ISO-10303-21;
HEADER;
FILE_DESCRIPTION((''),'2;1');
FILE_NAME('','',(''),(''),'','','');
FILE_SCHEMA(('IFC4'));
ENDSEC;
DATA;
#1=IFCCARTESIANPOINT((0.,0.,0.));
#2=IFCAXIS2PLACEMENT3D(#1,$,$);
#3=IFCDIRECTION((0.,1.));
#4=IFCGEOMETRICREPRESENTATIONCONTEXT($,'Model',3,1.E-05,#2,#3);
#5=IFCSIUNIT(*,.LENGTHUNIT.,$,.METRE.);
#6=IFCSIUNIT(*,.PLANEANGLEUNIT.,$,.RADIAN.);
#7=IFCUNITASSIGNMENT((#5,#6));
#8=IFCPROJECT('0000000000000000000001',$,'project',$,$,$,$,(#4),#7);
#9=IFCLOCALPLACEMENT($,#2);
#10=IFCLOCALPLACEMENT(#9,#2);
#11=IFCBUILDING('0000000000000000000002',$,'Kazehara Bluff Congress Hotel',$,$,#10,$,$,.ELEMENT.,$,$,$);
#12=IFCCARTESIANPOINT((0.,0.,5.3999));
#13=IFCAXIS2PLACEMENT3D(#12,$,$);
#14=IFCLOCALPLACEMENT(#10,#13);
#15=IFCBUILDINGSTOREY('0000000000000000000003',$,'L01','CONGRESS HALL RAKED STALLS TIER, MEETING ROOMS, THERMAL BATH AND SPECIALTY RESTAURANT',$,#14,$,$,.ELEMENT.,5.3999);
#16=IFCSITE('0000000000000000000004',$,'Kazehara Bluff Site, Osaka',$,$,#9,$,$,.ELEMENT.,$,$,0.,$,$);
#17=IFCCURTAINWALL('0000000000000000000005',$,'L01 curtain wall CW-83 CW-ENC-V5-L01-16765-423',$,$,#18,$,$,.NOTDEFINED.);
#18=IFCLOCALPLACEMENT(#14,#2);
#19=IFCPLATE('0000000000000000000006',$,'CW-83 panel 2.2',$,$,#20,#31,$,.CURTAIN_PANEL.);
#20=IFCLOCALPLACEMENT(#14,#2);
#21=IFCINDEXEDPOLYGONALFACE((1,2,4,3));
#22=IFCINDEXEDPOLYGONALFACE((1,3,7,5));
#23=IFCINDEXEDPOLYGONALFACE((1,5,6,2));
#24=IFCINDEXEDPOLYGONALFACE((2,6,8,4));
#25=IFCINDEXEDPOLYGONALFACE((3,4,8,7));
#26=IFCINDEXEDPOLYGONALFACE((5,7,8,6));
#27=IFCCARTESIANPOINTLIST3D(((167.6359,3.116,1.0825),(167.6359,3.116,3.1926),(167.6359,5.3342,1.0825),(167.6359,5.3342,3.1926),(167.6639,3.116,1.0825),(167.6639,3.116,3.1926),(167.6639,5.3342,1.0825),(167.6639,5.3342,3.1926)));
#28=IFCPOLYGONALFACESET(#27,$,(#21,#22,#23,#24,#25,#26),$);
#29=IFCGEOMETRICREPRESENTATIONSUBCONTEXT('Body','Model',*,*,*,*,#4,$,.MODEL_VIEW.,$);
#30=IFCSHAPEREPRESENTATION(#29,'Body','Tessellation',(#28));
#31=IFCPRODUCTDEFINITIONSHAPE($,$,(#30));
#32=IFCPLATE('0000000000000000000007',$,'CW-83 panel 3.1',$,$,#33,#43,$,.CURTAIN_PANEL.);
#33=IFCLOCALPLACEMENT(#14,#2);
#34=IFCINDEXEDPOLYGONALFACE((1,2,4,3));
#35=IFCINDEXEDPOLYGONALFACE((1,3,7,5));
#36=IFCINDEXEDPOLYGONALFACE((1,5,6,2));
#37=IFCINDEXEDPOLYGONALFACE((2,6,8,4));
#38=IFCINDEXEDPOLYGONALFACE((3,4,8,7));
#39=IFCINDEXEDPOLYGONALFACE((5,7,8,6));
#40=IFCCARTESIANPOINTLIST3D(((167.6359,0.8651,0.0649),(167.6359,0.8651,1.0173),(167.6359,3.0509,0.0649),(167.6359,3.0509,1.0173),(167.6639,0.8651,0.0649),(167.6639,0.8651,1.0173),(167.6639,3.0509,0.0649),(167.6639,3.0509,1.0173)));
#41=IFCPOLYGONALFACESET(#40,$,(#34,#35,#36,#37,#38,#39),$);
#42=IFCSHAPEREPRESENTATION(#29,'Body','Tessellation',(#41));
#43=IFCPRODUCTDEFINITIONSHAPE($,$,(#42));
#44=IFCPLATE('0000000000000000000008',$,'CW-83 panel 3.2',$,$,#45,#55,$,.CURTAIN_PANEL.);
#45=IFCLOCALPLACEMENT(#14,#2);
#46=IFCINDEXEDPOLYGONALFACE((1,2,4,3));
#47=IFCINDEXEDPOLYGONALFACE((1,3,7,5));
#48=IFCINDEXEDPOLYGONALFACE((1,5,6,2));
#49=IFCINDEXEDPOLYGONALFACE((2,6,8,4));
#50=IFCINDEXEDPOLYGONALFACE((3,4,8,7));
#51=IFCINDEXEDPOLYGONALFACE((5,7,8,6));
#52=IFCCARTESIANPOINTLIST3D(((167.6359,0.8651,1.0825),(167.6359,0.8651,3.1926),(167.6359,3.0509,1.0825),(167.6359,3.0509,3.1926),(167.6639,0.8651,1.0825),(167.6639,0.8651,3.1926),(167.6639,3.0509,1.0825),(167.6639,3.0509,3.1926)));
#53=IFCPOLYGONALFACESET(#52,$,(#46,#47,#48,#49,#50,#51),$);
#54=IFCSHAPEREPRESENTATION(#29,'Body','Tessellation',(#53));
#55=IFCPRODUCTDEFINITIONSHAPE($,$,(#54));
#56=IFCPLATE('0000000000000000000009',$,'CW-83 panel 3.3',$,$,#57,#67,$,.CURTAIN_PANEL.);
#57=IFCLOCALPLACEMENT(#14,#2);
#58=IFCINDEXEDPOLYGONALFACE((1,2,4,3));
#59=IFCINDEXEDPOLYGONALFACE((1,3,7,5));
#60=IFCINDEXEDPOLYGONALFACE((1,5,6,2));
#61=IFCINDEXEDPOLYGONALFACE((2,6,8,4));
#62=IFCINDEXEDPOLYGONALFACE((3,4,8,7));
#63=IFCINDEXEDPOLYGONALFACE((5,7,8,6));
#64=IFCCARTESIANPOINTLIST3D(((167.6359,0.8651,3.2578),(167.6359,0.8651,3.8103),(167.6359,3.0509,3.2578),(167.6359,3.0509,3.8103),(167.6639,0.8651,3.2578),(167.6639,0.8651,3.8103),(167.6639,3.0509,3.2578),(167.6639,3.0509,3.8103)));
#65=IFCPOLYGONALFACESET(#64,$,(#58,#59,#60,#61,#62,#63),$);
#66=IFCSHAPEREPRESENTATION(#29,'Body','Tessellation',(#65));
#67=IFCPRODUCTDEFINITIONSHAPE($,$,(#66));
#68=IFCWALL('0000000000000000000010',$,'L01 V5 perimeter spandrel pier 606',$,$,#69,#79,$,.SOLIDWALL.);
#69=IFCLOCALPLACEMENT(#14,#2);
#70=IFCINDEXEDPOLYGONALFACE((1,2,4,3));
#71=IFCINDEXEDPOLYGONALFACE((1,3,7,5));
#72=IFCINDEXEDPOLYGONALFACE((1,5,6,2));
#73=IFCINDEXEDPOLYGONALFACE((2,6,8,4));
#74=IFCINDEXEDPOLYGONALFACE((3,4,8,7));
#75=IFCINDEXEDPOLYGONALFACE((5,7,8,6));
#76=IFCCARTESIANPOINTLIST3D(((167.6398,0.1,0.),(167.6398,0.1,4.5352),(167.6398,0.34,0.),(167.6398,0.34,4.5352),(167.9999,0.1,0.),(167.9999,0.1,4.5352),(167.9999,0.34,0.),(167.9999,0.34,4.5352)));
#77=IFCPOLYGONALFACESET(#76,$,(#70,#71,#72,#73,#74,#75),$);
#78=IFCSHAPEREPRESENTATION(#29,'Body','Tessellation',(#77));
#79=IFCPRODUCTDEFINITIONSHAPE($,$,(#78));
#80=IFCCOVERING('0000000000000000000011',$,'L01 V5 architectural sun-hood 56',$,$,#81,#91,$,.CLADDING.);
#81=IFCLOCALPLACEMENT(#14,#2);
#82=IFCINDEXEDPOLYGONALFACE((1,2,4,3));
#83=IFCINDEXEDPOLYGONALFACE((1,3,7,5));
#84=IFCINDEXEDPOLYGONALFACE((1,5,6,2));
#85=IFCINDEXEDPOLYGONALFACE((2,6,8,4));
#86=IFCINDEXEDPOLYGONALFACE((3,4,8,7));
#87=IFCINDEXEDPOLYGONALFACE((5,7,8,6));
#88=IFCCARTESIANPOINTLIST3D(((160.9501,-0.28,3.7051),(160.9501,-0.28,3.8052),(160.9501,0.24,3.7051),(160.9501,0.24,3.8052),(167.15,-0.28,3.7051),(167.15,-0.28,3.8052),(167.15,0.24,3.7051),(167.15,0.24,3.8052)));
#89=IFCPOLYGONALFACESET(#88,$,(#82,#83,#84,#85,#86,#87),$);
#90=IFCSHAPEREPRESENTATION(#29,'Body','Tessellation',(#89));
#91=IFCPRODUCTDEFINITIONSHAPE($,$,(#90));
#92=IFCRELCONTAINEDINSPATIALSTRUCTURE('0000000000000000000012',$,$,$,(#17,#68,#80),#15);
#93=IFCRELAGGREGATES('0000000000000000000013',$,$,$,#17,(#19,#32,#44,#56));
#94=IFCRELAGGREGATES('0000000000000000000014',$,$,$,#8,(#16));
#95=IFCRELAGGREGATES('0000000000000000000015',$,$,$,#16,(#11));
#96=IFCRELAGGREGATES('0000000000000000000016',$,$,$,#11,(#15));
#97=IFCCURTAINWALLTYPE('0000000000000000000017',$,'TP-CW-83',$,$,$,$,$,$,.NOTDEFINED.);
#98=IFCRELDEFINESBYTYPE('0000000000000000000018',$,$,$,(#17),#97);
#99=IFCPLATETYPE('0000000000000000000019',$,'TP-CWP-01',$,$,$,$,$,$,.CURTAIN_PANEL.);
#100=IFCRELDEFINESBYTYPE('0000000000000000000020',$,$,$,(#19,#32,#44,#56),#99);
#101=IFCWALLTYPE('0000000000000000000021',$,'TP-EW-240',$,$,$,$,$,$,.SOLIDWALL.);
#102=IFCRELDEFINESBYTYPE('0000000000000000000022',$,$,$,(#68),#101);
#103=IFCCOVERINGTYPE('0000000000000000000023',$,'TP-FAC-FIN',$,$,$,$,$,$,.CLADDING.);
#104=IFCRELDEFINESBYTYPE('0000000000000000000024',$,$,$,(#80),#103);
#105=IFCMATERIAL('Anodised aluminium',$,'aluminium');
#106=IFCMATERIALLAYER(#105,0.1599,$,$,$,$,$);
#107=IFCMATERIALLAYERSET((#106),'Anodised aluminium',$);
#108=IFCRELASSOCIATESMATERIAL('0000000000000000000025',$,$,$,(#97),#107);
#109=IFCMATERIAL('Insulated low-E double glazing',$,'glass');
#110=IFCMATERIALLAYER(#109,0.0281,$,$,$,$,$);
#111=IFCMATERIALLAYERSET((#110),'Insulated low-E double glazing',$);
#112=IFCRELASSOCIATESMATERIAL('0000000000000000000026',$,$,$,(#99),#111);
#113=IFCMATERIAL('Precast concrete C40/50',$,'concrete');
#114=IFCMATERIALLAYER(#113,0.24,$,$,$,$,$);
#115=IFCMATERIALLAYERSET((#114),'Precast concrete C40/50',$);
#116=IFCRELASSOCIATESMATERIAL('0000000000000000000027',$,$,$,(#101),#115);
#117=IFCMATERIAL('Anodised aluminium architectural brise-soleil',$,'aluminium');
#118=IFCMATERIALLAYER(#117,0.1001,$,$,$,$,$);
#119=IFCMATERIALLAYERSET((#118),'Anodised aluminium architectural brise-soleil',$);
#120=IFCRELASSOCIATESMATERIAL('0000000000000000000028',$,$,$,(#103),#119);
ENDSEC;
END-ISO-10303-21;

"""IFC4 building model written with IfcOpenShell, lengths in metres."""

from ifc_helpers import new_model, si_unit, direction, frame, frame_2d, origin, origin_2d, place, context, subcontext, project, spatial, rectangle, extrude, material, layer, layer_set, type_object, element, aggregate, save


model = new_model("IFC4")

# Units and contexts
model_context = context("Model", 3, precision=1e-05, world=origin(), true_north=direction((0.0, 1.0)))
body_context = subcontext(model_context, "Body", "Model", "MODEL_VIEW")
ifc_project = project(units=[si_unit("LENGTHUNIT", "METRE"), si_unit("PLANEANGLEUNIT", "RADIAN")], contexts=[model_context])

# Site, building, storey
site_placement = place(None, origin())
site = spatial("IfcSite", under=ifc_project, at=site_placement, Name="Kazehara Bluff Site, Osaka", CompositionType="ELEMENT", RefElevation=0.0)
building_placement = place(site_placement, origin())
building = spatial("IfcBuilding", under=site, at=building_placement, Name="Kazehara Bluff Congress Hotel", CompositionType="ELEMENT")
storey_placement = place(building_placement, frame((0.0, 0.0, 5.3999)))
storey = spatial("IfcBuildingStorey", under=building, at=storey_placement, Name="L01", Description="CONGRESS HALL RAKED STALLS TIER, MEETING ROOMS, THERMAL BATH AND SPECIALTY RESTAURANT", CompositionType="ELEMENT", Elevation=5.3999)

# Curtain wall
ifc_material_1 = material(Name="Anodised aluminium", Category="aluminium")
ifc_layer_1 = layer(ifc_material_1, 0.1599)
ifc_layer_set_1 = layer_set([ifc_layer_1], Name="Anodised aluminium")
curtain_wall_type_1 = type_object("IfcCurtainWallType", Name="TP-CW-83", PredefinedType="NOTDEFINED", material=ifc_layer_set_1)
curtain_wall_1_placement = place(storey_placement, origin())
curtain_wall_1 = element("IfcCurtainWall", 1, at=curtain_wall_1_placement, inside=storey, type_object=curtain_wall_type_1, Name="L01 curtain wall CW-83 CW-ENC-V5-L01-16765-423", PredefinedType="NOTDEFINED")

# Plates
ifc_material_2 = material(Name="Insulated low-E double glazing", Category="glass")
ifc_layer_2 = layer(ifc_material_2, 0.0281)
ifc_layer_set_2 = layer_set([ifc_layer_2], Name="Insulated low-E double glazing")
plate_type = type_object("IfcPlateType", Name="TP-CWP-01", PredefinedType="CURTAIN_PANEL", material=ifc_layer_set_2)
plate_1_placement = place(storey_placement, frame((167.6499, 4.2251, 1.0825), z_axis=(0.0, 0.0, 1.0), x_axis=(0.0, -1.0, 0.0)))
plate_1 = element("IfcPlate", 2, at=plate_1_placement, type_object=plate_type, Name="CW-83 panel 2.2", PredefinedType="CURTAIN_PANEL", context=body_context, shape_type="SweptSolid", body=[
    extrude(rectangle(XDim=2.2183, YDim=0.0281, at=origin_2d()), origin(), (0.0, 0.0, 1.0), 2.1101),
])
plate_2_placement = place(storey_placement, frame((167.6499, 1.958, 0.0649), z_axis=(0.0, 0.0, 1.0), x_axis=(0.0, -1.0, 0.0)))
plate_2 = element("IfcPlate", 3, at=plate_2_placement, type_object=plate_type, Name="CW-83 panel 3.1", PredefinedType="CURTAIN_PANEL", context=body_context, shape_type="SweptSolid", body=[
    extrude(rectangle(XDim=2.1858, YDim=0.0281, at=origin_2d()), origin(), (0.0, 0.0, 1.0), 0.9524),
])
plate_3_placement = place(storey_placement, frame((167.6499, 1.958, 1.0825), z_axis=(0.0, 0.0, 1.0), x_axis=(0.0, -1.0, 0.0)))
plate_3 = element("IfcPlate", 4, at=plate_3_placement, type_object=plate_type, Name="CW-83 panel 3.2", PredefinedType="CURTAIN_PANEL", context=body_context, shape_type="SweptSolid", body=[
    extrude(rectangle(XDim=2.1858, YDim=0.0281, at=origin_2d()), origin(), (0.0, 0.0, 1.0), 2.1101),
])
plate_4_placement = place(storey_placement, frame((167.6499, 1.958, 3.2578), z_axis=(0.0, 0.0, 1.0), x_axis=(0.0, -1.0, 0.0)))
plate_4 = element("IfcPlate", 5, at=plate_4_placement, type_object=plate_type, Name="CW-83 panel 3.3", PredefinedType="CURTAIN_PANEL", context=body_context, shape_type="SweptSolid", body=[
    extrude(rectangle(XDim=2.1858, YDim=0.0281, at=origin_2d()), origin(), (0.0, 0.0, 1.0), 0.5525),
])
aggregate(curtain_wall_1, [plate_1, plate_2, plate_3, plate_4])

# Wall
ifc_material_3 = material(Name="Precast concrete C40/50", Category="concrete")
ifc_layer_3 = layer(ifc_material_3, 0.24)
ifc_layer_set_3 = layer_set([ifc_layer_3], Name="Precast concrete C40/50")
wall_type = type_object("IfcWallType", Name="TP-EW-240", PredefinedType="SOLIDWALL", material=ifc_layer_set_3)
wall_placement = place(storey_placement, frame((168.0, 0.22, 0.0), z_axis=(0.0, 0.0, 1.0), x_axis=(-1.0, 0.0, 0.0)))
element("IfcWall", 6, at=wall_placement, inside=storey, type_object=wall_type, Name="L01 V5 perimeter spandrel pier 606", PredefinedType="SOLIDWALL", context=body_context, shape_type="SweptSolid", body=[
    extrude(rectangle(XDim=0.3601, YDim=0.24, at=frame_2d((0.1802, 0.0))), origin(), (0.0, 0.0, 1.0), 4.5352),
])

# Covering
ifc_material_4 = material(Name="Anodised aluminium architectural brise-soleil", Category="aluminium")
ifc_layer_4 = layer(ifc_material_4, 0.1001)
ifc_layer_set_4 = layer_set([ifc_layer_4], Name="Anodised aluminium architectural brise-soleil")
covering_type = type_object("IfcCoveringType", Name="TP-FAC-FIN", PredefinedType="CLADDING", material=ifc_layer_set_4)
covering_placement = place(storey_placement, frame((164.05, -0.02, 3.7051), z_axis=(0.0, 0.0, 1.0), x_axis=(1.0, 0.0, 0.0)))
element("IfcCovering", 7, at=covering_placement, inside=storey, type_object=covering_type, Name="L01 V5 architectural sun-hood 56", PredefinedType="CLADDING", context=body_context, shape_type="SweptSolid", body=[
    extrude(rectangle(XDim=6.2, YDim=0.52, at=origin_2d()), origin(), (0.0, 0.0, 1.0), 0.1001),
])

save(model, "model.ifc")
